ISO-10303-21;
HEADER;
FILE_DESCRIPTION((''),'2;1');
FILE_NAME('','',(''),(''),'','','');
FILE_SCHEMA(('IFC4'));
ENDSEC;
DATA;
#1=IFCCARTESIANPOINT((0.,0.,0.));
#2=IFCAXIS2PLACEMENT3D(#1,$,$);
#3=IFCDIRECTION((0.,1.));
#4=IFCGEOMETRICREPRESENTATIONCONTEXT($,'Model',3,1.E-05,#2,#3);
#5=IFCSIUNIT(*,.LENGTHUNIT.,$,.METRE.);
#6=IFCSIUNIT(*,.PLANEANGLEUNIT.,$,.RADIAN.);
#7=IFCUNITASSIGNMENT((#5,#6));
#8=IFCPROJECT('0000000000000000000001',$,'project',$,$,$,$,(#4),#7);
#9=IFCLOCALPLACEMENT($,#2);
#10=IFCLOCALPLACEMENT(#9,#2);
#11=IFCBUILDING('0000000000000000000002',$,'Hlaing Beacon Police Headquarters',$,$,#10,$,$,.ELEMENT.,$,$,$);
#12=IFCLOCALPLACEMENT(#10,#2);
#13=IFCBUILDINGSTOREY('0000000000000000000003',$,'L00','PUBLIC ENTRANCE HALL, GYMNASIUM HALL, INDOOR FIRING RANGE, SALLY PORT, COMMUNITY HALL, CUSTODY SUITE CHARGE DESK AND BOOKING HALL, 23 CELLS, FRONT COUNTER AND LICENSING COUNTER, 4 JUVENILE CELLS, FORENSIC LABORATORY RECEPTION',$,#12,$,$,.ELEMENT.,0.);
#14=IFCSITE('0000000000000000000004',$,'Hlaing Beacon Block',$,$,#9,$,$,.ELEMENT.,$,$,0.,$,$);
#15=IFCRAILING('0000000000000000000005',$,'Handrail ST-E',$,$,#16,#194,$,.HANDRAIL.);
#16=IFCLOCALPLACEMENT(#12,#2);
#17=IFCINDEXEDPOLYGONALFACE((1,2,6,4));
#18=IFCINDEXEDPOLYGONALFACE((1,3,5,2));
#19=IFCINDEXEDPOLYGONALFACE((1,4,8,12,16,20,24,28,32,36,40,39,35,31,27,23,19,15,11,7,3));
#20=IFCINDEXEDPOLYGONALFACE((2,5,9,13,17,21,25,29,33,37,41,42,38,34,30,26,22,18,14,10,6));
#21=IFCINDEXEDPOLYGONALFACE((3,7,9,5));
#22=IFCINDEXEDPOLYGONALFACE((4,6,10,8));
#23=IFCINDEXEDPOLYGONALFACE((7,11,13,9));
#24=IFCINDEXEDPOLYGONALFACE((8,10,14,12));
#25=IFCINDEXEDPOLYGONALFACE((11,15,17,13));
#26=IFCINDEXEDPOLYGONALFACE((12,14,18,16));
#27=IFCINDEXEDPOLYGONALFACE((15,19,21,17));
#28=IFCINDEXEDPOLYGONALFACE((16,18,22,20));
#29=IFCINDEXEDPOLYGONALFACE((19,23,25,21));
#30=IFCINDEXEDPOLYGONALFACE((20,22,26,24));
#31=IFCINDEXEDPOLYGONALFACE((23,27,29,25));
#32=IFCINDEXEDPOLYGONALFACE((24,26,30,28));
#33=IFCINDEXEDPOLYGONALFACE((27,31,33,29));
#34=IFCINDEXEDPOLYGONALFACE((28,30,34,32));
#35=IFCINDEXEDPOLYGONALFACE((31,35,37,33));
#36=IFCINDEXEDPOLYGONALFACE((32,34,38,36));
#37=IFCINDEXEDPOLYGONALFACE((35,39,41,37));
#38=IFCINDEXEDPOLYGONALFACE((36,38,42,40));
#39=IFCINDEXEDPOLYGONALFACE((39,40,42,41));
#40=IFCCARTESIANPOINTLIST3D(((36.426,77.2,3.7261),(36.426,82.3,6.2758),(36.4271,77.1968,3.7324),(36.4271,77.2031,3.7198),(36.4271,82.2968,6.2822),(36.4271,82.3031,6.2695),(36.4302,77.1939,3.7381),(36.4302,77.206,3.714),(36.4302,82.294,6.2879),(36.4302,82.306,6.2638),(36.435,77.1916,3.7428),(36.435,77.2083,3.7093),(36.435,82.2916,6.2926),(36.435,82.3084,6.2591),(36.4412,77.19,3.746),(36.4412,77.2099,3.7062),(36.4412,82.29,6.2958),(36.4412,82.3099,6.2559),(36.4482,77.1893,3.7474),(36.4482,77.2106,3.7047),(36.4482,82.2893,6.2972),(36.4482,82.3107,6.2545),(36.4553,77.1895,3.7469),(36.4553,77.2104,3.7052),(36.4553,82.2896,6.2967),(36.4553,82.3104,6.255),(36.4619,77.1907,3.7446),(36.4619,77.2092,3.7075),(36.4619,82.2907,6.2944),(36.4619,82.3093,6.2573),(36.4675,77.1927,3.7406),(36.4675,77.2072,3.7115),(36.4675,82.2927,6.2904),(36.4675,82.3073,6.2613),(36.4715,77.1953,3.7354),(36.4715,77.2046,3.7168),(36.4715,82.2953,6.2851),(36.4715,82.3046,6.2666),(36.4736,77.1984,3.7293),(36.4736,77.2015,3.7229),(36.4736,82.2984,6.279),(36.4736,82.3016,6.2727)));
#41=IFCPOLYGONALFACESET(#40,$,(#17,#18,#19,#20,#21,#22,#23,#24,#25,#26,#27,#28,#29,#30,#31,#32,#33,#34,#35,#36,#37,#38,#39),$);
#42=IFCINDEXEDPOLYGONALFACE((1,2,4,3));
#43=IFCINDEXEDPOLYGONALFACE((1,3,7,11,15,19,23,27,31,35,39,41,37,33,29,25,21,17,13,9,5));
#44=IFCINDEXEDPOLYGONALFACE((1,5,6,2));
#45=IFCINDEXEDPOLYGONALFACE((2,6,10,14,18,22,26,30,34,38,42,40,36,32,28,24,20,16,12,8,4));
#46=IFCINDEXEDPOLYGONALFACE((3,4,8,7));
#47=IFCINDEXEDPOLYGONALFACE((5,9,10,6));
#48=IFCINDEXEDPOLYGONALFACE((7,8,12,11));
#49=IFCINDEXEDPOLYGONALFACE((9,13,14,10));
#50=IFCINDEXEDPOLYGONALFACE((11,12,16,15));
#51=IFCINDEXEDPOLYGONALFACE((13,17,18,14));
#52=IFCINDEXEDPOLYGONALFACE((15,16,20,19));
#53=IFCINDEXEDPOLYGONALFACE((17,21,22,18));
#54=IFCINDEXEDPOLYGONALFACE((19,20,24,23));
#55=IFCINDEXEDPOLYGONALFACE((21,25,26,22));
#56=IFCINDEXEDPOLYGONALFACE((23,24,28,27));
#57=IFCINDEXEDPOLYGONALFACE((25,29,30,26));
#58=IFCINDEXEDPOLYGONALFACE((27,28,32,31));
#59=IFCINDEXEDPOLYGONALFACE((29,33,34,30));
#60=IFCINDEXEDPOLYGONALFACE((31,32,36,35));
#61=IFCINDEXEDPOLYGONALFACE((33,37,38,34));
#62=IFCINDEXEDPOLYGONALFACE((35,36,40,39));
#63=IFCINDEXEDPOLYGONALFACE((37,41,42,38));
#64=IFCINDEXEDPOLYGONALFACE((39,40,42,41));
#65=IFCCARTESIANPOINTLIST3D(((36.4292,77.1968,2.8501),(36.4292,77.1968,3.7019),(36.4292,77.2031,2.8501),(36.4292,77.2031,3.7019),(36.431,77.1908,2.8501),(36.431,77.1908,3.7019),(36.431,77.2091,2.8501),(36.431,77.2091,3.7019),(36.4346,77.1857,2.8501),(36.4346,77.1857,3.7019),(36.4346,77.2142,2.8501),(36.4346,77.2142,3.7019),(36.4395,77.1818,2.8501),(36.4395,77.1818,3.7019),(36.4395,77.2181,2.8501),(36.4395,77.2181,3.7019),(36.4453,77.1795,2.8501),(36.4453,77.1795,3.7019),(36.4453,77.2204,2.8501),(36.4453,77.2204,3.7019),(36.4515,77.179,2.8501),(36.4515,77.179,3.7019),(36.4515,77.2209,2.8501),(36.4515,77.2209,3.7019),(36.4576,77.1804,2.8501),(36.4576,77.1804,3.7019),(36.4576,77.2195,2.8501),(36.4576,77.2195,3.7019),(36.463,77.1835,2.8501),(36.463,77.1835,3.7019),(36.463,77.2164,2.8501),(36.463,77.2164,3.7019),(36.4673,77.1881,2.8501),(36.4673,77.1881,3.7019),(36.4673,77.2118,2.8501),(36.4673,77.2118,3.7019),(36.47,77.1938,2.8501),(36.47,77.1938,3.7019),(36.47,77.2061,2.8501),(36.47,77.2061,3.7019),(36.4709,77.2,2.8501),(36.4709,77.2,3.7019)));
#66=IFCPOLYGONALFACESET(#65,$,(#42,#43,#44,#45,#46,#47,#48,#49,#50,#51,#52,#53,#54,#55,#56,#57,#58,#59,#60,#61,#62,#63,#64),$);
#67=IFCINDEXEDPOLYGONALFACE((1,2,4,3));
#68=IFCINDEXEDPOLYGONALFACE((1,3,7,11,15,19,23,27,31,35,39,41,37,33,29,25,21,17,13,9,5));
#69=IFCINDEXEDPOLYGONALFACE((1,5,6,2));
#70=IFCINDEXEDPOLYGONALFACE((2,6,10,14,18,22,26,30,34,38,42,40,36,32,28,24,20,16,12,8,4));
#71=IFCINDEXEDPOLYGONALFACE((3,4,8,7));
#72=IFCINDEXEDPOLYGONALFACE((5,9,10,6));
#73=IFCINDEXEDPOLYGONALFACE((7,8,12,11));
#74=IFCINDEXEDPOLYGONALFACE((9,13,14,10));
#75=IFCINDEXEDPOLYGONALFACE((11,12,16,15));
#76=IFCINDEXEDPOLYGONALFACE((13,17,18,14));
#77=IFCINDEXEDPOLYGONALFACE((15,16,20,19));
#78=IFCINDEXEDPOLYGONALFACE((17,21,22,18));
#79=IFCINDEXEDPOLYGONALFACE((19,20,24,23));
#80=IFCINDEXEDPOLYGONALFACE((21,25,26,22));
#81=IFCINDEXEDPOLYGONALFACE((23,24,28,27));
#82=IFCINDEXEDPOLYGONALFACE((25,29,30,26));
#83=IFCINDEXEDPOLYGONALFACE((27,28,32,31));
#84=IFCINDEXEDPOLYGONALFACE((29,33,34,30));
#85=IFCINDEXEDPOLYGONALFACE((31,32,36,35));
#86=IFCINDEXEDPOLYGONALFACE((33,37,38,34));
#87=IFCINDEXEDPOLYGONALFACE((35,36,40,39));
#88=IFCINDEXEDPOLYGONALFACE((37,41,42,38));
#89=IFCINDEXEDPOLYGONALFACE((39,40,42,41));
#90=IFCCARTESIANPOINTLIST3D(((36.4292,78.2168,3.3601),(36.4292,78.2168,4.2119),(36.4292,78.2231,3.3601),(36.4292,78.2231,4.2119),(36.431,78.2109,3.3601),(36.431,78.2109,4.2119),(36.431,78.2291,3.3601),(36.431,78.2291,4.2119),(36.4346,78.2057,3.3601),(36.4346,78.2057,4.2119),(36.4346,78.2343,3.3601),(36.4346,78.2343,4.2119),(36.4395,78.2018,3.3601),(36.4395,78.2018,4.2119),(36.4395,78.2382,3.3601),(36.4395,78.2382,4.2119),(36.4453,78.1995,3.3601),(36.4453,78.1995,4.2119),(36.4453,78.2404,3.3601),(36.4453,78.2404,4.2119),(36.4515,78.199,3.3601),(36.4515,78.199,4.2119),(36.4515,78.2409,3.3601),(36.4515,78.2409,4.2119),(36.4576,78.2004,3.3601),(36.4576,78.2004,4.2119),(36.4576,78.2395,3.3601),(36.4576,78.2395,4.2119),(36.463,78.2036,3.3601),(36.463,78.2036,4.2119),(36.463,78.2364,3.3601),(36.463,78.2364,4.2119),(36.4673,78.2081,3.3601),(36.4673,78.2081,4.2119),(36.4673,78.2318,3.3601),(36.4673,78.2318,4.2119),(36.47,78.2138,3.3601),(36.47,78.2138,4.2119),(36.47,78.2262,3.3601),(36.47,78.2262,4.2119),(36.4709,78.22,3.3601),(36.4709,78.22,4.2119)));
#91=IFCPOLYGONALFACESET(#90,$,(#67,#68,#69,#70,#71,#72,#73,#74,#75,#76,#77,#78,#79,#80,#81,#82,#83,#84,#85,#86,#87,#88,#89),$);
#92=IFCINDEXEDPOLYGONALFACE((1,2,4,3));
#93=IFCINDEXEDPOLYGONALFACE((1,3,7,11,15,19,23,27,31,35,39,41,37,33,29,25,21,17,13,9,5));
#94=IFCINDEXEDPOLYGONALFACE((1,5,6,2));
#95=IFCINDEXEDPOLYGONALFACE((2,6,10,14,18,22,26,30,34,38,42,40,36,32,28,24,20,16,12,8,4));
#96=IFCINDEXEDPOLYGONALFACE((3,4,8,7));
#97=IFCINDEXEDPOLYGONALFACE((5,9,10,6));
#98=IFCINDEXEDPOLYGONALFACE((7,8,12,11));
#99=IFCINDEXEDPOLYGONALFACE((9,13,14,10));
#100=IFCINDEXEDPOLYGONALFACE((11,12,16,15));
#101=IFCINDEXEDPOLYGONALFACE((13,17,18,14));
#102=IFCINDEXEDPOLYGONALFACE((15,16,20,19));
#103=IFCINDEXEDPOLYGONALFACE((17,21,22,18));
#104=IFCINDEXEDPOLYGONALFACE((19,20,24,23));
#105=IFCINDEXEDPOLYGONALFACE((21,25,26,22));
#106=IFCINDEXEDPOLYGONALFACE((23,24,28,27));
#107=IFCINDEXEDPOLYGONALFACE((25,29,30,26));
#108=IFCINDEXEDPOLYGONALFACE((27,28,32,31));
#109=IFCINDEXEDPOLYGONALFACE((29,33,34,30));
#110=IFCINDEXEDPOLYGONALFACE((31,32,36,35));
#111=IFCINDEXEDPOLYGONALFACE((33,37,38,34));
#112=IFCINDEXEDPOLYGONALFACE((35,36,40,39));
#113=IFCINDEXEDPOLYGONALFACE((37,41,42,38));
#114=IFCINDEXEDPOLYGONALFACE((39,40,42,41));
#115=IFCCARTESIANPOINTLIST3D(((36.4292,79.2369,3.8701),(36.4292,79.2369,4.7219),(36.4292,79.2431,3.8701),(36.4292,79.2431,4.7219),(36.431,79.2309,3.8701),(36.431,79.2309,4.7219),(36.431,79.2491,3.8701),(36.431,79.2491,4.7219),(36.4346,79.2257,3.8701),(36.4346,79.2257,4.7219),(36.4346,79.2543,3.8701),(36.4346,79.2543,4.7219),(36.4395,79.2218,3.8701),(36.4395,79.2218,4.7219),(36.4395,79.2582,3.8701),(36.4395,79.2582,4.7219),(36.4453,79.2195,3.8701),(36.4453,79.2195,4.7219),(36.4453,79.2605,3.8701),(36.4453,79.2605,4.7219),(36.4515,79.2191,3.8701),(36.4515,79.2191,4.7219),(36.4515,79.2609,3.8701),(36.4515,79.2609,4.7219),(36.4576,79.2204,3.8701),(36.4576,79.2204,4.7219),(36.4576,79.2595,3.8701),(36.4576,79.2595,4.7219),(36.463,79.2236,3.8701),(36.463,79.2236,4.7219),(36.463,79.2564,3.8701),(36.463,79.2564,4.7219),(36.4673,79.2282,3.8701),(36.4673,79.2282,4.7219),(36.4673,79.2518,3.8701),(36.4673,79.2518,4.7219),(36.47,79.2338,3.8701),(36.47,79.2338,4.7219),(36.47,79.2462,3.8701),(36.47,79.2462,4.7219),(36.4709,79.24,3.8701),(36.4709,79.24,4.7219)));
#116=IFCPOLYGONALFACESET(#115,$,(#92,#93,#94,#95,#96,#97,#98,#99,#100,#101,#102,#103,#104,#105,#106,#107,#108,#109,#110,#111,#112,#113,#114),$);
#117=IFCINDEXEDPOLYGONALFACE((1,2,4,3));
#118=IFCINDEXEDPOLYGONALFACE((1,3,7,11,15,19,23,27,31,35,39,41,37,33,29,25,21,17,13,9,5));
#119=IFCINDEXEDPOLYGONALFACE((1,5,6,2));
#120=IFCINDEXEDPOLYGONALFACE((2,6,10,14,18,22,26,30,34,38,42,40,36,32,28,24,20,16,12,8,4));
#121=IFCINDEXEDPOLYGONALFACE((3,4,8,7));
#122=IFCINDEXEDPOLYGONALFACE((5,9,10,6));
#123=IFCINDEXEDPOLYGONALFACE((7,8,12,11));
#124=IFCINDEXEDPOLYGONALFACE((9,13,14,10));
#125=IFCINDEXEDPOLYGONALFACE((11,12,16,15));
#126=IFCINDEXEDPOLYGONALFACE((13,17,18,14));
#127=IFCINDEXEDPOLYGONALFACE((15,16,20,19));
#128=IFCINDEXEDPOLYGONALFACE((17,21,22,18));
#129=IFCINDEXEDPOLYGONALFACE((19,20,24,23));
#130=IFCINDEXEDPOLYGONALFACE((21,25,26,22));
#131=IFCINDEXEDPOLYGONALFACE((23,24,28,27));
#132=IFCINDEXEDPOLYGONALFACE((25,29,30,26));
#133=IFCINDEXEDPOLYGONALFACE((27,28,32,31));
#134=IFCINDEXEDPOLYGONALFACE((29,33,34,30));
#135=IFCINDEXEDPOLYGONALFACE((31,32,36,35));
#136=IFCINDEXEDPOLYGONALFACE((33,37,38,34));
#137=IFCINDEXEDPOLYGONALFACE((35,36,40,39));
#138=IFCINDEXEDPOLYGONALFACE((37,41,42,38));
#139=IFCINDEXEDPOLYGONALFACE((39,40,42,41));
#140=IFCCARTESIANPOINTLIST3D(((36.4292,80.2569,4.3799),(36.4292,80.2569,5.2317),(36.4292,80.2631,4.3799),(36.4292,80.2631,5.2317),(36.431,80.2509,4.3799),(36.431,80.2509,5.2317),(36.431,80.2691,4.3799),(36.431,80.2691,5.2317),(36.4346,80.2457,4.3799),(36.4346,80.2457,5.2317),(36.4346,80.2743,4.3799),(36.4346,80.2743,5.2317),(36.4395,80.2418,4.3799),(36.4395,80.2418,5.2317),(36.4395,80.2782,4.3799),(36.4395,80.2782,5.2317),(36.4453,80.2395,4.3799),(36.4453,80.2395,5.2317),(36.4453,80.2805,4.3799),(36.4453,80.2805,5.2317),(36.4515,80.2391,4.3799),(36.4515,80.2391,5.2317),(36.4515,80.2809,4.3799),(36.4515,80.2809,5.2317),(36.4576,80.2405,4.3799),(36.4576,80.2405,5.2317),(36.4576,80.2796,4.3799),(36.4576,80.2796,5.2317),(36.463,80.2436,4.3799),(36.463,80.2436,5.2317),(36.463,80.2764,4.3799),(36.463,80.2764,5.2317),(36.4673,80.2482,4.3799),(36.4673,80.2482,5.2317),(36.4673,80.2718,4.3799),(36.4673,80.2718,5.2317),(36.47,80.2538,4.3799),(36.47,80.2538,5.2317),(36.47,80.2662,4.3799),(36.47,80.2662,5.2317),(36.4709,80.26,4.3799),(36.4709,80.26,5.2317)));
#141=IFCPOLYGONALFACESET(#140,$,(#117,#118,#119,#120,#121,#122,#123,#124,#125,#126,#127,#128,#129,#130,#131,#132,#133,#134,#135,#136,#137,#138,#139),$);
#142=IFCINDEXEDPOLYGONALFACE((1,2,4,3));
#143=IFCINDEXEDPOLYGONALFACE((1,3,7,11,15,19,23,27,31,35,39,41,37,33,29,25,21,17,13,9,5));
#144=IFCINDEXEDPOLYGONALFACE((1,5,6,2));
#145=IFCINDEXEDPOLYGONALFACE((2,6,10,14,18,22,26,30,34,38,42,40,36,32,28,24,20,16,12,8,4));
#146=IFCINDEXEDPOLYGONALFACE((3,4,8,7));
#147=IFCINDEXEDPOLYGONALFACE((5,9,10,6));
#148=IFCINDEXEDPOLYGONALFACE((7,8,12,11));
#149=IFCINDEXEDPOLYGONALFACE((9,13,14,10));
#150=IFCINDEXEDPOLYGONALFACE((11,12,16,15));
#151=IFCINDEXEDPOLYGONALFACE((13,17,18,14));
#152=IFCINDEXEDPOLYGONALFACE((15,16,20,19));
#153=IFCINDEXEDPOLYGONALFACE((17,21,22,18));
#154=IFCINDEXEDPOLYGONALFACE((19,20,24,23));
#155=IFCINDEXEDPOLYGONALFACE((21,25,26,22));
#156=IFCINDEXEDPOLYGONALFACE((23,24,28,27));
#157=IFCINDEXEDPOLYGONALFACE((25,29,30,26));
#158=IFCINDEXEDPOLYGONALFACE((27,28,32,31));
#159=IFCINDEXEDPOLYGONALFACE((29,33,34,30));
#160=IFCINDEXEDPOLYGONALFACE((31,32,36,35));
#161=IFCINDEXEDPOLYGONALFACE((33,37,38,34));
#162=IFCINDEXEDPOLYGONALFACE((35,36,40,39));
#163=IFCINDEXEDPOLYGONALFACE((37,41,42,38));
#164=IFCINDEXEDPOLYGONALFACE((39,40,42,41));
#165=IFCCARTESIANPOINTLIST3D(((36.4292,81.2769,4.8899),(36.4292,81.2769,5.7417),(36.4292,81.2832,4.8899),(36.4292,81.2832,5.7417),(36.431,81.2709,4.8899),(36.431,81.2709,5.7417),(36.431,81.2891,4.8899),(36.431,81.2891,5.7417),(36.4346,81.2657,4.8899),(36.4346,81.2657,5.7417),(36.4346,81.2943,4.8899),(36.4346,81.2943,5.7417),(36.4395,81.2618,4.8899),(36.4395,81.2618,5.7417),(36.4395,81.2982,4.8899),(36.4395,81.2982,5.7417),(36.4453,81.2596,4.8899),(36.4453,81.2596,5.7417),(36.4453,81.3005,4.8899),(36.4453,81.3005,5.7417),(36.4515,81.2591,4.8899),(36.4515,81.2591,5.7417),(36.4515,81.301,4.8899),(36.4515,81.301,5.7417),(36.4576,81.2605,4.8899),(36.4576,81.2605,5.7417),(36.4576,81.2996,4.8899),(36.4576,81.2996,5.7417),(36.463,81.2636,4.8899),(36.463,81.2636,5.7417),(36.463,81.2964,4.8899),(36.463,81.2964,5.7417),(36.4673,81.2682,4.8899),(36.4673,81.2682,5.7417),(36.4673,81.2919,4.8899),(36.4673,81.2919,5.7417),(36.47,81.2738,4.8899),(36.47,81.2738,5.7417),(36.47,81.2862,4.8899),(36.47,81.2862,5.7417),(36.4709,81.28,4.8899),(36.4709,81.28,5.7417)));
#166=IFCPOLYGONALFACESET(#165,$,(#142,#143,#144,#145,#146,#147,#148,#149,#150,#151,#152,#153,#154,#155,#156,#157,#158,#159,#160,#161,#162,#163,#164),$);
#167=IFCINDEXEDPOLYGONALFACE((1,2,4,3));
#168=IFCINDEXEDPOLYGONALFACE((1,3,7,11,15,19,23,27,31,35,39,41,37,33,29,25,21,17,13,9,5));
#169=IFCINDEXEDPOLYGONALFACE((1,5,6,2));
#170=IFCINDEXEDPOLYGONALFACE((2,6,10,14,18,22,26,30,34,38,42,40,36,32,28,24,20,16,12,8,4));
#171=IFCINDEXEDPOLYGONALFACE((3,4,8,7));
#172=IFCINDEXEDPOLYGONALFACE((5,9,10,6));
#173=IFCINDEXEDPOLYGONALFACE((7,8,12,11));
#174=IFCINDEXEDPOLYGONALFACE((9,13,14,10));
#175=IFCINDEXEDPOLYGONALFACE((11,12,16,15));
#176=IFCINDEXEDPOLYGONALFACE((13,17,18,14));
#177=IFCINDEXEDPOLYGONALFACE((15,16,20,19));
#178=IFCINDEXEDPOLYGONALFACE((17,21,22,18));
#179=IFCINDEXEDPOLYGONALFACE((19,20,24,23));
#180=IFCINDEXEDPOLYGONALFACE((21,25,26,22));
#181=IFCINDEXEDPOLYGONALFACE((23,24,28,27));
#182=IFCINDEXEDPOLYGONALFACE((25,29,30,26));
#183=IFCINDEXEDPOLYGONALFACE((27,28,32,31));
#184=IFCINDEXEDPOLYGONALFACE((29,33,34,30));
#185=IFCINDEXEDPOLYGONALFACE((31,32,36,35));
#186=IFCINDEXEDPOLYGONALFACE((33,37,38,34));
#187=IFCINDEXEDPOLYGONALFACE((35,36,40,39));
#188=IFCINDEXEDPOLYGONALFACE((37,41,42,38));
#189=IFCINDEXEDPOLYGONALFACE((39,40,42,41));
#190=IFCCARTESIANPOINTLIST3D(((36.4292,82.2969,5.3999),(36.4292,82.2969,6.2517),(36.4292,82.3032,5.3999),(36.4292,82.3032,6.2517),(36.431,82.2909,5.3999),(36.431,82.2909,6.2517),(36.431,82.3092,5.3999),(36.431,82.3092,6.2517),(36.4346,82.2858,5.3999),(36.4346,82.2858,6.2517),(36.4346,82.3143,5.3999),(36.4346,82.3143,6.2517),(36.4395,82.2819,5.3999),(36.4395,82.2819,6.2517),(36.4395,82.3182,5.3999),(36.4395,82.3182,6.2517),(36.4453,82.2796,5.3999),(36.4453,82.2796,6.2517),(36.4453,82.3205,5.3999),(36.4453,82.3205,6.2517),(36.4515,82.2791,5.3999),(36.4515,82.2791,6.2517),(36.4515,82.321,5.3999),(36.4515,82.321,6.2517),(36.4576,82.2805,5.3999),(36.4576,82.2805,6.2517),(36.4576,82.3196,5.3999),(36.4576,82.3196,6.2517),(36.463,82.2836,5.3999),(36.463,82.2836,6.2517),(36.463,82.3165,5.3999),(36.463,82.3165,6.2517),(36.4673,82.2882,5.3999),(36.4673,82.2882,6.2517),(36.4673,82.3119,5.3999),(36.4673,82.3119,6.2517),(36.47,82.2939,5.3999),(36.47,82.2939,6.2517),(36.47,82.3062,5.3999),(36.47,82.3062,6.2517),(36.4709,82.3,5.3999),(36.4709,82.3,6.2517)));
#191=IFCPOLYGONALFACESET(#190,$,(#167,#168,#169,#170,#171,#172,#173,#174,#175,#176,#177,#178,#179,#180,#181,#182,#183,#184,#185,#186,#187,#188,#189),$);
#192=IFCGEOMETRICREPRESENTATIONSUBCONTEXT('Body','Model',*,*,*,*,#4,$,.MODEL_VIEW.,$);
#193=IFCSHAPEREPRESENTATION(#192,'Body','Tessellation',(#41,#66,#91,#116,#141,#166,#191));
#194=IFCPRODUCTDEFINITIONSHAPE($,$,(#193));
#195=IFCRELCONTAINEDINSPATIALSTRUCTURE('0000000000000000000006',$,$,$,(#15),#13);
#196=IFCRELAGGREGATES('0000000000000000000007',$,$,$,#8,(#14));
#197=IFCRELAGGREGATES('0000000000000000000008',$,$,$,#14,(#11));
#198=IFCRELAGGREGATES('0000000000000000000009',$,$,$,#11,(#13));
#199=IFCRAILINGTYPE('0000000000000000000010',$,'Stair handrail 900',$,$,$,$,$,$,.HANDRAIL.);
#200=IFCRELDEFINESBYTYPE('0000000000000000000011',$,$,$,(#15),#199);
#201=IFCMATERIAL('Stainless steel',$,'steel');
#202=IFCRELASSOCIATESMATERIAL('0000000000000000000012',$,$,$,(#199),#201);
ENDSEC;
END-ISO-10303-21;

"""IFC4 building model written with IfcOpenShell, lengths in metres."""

from ifc_helpers import new_model, si_unit, direction, frame, origin, origin_2d, place, context, subcontext, project, spatial, circle, extrude, material, type_object, element, save


model = new_model("IFC4")

# Units and contexts
model_context = context("Model", 3, precision=1e-05, world=origin(), true_north=direction((0.0, 1.0)))
body_context = subcontext(model_context, "Body", "Model", "MODEL_VIEW")
ifc_project = project(units=[si_unit("LENGTHUNIT", "METRE"), si_unit("PLANEANGLEUNIT", "RADIAN")], contexts=[model_context])

# Site, building, storey
site_placement = place(None, origin())
site = spatial("IfcSite", under=ifc_project, at=site_placement, Name="Hlaing Beacon Block", CompositionType="ELEMENT", RefElevation=0.0)
building_placement = place(site_placement, origin())
building = spatial("IfcBuilding", under=site, at=building_placement, Name="Hlaing Beacon Police Headquarters", CompositionType="ELEMENT")
storey_placement = place(building_placement, origin())
storey = spatial("IfcBuildingStorey", under=building, at=storey_placement, Name="L00", Description="PUBLIC ENTRANCE HALL, GYMNASIUM HALL, INDOOR FIRING RANGE, SALLY PORT, COMMUNITY HALL, CUSTODY SUITE CHARGE DESK AND BOOKING HALL, 23 CELLS, FRONT COUNTER AND LICENSING COUNTER, 4 JUVENILE CELLS, FORENSIC LABORATORY RECEPTION", CompositionType="ELEMENT", Elevation=0.0)

# Railing
ifc_material_1 = material(Name="Stainless steel", Category="steel")
railing_type_1 = type_object("IfcRailingType", Name="Stair handrail 900", PredefinedType="HANDRAIL", material=ifc_material_1)
for number, where, name in (
    (1, (36.45, 77.2, 2.8501), "Handrail ST-E"),
):
    element("IfcRailing", number, at=place(storey_placement, frame(where)), inside=storey, type_object=railing_type_1, Name=name, PredefinedType="HANDRAIL", context=body_context, shape_type="SweptSolid", body=[
        extrude(circle(Radius=0.0239, at=origin_2d()), frame((0.0, 0.0, 0.876), z_axis=(0.0, 0.894444, 0.447179), x_axis=(-1.0, 0.0, 0.0)), (0.0, 0.0, 1.0), 5.7019),
        extrude(circle(Radius=0.021, at=origin_2d()), origin(), (0.0, 0.0, 1.0), 0.8518),
        extrude(circle(Radius=0.021, at=origin_2d()), frame((0.0, 1.02, 0.51)), (0.0, 0.0, 1.0), 0.8518),
        extrude(circle(Radius=0.021, at=origin_2d()), frame((0.0, 2.04, 1.02)), (0.0, 0.0, 1.0), 0.8518),
        extrude(circle(Radius=0.021, at=origin_2d()), frame((0.0, 3.0601, 1.5298)), (0.0, 0.0, 1.0), 0.8518),
        extrude(circle(Radius=0.021, at=origin_2d()), frame((0.0, 4.0801, 2.0398)), (0.0, 0.0, 1.0), 0.8518),
        extrude(circle(Radius=0.021, at=origin_2d()), frame((0.0, 5.1001, 2.5498)), (0.0, 0.0, 1.0), 0.8518),
    ])

save(model, "model.ifc")
